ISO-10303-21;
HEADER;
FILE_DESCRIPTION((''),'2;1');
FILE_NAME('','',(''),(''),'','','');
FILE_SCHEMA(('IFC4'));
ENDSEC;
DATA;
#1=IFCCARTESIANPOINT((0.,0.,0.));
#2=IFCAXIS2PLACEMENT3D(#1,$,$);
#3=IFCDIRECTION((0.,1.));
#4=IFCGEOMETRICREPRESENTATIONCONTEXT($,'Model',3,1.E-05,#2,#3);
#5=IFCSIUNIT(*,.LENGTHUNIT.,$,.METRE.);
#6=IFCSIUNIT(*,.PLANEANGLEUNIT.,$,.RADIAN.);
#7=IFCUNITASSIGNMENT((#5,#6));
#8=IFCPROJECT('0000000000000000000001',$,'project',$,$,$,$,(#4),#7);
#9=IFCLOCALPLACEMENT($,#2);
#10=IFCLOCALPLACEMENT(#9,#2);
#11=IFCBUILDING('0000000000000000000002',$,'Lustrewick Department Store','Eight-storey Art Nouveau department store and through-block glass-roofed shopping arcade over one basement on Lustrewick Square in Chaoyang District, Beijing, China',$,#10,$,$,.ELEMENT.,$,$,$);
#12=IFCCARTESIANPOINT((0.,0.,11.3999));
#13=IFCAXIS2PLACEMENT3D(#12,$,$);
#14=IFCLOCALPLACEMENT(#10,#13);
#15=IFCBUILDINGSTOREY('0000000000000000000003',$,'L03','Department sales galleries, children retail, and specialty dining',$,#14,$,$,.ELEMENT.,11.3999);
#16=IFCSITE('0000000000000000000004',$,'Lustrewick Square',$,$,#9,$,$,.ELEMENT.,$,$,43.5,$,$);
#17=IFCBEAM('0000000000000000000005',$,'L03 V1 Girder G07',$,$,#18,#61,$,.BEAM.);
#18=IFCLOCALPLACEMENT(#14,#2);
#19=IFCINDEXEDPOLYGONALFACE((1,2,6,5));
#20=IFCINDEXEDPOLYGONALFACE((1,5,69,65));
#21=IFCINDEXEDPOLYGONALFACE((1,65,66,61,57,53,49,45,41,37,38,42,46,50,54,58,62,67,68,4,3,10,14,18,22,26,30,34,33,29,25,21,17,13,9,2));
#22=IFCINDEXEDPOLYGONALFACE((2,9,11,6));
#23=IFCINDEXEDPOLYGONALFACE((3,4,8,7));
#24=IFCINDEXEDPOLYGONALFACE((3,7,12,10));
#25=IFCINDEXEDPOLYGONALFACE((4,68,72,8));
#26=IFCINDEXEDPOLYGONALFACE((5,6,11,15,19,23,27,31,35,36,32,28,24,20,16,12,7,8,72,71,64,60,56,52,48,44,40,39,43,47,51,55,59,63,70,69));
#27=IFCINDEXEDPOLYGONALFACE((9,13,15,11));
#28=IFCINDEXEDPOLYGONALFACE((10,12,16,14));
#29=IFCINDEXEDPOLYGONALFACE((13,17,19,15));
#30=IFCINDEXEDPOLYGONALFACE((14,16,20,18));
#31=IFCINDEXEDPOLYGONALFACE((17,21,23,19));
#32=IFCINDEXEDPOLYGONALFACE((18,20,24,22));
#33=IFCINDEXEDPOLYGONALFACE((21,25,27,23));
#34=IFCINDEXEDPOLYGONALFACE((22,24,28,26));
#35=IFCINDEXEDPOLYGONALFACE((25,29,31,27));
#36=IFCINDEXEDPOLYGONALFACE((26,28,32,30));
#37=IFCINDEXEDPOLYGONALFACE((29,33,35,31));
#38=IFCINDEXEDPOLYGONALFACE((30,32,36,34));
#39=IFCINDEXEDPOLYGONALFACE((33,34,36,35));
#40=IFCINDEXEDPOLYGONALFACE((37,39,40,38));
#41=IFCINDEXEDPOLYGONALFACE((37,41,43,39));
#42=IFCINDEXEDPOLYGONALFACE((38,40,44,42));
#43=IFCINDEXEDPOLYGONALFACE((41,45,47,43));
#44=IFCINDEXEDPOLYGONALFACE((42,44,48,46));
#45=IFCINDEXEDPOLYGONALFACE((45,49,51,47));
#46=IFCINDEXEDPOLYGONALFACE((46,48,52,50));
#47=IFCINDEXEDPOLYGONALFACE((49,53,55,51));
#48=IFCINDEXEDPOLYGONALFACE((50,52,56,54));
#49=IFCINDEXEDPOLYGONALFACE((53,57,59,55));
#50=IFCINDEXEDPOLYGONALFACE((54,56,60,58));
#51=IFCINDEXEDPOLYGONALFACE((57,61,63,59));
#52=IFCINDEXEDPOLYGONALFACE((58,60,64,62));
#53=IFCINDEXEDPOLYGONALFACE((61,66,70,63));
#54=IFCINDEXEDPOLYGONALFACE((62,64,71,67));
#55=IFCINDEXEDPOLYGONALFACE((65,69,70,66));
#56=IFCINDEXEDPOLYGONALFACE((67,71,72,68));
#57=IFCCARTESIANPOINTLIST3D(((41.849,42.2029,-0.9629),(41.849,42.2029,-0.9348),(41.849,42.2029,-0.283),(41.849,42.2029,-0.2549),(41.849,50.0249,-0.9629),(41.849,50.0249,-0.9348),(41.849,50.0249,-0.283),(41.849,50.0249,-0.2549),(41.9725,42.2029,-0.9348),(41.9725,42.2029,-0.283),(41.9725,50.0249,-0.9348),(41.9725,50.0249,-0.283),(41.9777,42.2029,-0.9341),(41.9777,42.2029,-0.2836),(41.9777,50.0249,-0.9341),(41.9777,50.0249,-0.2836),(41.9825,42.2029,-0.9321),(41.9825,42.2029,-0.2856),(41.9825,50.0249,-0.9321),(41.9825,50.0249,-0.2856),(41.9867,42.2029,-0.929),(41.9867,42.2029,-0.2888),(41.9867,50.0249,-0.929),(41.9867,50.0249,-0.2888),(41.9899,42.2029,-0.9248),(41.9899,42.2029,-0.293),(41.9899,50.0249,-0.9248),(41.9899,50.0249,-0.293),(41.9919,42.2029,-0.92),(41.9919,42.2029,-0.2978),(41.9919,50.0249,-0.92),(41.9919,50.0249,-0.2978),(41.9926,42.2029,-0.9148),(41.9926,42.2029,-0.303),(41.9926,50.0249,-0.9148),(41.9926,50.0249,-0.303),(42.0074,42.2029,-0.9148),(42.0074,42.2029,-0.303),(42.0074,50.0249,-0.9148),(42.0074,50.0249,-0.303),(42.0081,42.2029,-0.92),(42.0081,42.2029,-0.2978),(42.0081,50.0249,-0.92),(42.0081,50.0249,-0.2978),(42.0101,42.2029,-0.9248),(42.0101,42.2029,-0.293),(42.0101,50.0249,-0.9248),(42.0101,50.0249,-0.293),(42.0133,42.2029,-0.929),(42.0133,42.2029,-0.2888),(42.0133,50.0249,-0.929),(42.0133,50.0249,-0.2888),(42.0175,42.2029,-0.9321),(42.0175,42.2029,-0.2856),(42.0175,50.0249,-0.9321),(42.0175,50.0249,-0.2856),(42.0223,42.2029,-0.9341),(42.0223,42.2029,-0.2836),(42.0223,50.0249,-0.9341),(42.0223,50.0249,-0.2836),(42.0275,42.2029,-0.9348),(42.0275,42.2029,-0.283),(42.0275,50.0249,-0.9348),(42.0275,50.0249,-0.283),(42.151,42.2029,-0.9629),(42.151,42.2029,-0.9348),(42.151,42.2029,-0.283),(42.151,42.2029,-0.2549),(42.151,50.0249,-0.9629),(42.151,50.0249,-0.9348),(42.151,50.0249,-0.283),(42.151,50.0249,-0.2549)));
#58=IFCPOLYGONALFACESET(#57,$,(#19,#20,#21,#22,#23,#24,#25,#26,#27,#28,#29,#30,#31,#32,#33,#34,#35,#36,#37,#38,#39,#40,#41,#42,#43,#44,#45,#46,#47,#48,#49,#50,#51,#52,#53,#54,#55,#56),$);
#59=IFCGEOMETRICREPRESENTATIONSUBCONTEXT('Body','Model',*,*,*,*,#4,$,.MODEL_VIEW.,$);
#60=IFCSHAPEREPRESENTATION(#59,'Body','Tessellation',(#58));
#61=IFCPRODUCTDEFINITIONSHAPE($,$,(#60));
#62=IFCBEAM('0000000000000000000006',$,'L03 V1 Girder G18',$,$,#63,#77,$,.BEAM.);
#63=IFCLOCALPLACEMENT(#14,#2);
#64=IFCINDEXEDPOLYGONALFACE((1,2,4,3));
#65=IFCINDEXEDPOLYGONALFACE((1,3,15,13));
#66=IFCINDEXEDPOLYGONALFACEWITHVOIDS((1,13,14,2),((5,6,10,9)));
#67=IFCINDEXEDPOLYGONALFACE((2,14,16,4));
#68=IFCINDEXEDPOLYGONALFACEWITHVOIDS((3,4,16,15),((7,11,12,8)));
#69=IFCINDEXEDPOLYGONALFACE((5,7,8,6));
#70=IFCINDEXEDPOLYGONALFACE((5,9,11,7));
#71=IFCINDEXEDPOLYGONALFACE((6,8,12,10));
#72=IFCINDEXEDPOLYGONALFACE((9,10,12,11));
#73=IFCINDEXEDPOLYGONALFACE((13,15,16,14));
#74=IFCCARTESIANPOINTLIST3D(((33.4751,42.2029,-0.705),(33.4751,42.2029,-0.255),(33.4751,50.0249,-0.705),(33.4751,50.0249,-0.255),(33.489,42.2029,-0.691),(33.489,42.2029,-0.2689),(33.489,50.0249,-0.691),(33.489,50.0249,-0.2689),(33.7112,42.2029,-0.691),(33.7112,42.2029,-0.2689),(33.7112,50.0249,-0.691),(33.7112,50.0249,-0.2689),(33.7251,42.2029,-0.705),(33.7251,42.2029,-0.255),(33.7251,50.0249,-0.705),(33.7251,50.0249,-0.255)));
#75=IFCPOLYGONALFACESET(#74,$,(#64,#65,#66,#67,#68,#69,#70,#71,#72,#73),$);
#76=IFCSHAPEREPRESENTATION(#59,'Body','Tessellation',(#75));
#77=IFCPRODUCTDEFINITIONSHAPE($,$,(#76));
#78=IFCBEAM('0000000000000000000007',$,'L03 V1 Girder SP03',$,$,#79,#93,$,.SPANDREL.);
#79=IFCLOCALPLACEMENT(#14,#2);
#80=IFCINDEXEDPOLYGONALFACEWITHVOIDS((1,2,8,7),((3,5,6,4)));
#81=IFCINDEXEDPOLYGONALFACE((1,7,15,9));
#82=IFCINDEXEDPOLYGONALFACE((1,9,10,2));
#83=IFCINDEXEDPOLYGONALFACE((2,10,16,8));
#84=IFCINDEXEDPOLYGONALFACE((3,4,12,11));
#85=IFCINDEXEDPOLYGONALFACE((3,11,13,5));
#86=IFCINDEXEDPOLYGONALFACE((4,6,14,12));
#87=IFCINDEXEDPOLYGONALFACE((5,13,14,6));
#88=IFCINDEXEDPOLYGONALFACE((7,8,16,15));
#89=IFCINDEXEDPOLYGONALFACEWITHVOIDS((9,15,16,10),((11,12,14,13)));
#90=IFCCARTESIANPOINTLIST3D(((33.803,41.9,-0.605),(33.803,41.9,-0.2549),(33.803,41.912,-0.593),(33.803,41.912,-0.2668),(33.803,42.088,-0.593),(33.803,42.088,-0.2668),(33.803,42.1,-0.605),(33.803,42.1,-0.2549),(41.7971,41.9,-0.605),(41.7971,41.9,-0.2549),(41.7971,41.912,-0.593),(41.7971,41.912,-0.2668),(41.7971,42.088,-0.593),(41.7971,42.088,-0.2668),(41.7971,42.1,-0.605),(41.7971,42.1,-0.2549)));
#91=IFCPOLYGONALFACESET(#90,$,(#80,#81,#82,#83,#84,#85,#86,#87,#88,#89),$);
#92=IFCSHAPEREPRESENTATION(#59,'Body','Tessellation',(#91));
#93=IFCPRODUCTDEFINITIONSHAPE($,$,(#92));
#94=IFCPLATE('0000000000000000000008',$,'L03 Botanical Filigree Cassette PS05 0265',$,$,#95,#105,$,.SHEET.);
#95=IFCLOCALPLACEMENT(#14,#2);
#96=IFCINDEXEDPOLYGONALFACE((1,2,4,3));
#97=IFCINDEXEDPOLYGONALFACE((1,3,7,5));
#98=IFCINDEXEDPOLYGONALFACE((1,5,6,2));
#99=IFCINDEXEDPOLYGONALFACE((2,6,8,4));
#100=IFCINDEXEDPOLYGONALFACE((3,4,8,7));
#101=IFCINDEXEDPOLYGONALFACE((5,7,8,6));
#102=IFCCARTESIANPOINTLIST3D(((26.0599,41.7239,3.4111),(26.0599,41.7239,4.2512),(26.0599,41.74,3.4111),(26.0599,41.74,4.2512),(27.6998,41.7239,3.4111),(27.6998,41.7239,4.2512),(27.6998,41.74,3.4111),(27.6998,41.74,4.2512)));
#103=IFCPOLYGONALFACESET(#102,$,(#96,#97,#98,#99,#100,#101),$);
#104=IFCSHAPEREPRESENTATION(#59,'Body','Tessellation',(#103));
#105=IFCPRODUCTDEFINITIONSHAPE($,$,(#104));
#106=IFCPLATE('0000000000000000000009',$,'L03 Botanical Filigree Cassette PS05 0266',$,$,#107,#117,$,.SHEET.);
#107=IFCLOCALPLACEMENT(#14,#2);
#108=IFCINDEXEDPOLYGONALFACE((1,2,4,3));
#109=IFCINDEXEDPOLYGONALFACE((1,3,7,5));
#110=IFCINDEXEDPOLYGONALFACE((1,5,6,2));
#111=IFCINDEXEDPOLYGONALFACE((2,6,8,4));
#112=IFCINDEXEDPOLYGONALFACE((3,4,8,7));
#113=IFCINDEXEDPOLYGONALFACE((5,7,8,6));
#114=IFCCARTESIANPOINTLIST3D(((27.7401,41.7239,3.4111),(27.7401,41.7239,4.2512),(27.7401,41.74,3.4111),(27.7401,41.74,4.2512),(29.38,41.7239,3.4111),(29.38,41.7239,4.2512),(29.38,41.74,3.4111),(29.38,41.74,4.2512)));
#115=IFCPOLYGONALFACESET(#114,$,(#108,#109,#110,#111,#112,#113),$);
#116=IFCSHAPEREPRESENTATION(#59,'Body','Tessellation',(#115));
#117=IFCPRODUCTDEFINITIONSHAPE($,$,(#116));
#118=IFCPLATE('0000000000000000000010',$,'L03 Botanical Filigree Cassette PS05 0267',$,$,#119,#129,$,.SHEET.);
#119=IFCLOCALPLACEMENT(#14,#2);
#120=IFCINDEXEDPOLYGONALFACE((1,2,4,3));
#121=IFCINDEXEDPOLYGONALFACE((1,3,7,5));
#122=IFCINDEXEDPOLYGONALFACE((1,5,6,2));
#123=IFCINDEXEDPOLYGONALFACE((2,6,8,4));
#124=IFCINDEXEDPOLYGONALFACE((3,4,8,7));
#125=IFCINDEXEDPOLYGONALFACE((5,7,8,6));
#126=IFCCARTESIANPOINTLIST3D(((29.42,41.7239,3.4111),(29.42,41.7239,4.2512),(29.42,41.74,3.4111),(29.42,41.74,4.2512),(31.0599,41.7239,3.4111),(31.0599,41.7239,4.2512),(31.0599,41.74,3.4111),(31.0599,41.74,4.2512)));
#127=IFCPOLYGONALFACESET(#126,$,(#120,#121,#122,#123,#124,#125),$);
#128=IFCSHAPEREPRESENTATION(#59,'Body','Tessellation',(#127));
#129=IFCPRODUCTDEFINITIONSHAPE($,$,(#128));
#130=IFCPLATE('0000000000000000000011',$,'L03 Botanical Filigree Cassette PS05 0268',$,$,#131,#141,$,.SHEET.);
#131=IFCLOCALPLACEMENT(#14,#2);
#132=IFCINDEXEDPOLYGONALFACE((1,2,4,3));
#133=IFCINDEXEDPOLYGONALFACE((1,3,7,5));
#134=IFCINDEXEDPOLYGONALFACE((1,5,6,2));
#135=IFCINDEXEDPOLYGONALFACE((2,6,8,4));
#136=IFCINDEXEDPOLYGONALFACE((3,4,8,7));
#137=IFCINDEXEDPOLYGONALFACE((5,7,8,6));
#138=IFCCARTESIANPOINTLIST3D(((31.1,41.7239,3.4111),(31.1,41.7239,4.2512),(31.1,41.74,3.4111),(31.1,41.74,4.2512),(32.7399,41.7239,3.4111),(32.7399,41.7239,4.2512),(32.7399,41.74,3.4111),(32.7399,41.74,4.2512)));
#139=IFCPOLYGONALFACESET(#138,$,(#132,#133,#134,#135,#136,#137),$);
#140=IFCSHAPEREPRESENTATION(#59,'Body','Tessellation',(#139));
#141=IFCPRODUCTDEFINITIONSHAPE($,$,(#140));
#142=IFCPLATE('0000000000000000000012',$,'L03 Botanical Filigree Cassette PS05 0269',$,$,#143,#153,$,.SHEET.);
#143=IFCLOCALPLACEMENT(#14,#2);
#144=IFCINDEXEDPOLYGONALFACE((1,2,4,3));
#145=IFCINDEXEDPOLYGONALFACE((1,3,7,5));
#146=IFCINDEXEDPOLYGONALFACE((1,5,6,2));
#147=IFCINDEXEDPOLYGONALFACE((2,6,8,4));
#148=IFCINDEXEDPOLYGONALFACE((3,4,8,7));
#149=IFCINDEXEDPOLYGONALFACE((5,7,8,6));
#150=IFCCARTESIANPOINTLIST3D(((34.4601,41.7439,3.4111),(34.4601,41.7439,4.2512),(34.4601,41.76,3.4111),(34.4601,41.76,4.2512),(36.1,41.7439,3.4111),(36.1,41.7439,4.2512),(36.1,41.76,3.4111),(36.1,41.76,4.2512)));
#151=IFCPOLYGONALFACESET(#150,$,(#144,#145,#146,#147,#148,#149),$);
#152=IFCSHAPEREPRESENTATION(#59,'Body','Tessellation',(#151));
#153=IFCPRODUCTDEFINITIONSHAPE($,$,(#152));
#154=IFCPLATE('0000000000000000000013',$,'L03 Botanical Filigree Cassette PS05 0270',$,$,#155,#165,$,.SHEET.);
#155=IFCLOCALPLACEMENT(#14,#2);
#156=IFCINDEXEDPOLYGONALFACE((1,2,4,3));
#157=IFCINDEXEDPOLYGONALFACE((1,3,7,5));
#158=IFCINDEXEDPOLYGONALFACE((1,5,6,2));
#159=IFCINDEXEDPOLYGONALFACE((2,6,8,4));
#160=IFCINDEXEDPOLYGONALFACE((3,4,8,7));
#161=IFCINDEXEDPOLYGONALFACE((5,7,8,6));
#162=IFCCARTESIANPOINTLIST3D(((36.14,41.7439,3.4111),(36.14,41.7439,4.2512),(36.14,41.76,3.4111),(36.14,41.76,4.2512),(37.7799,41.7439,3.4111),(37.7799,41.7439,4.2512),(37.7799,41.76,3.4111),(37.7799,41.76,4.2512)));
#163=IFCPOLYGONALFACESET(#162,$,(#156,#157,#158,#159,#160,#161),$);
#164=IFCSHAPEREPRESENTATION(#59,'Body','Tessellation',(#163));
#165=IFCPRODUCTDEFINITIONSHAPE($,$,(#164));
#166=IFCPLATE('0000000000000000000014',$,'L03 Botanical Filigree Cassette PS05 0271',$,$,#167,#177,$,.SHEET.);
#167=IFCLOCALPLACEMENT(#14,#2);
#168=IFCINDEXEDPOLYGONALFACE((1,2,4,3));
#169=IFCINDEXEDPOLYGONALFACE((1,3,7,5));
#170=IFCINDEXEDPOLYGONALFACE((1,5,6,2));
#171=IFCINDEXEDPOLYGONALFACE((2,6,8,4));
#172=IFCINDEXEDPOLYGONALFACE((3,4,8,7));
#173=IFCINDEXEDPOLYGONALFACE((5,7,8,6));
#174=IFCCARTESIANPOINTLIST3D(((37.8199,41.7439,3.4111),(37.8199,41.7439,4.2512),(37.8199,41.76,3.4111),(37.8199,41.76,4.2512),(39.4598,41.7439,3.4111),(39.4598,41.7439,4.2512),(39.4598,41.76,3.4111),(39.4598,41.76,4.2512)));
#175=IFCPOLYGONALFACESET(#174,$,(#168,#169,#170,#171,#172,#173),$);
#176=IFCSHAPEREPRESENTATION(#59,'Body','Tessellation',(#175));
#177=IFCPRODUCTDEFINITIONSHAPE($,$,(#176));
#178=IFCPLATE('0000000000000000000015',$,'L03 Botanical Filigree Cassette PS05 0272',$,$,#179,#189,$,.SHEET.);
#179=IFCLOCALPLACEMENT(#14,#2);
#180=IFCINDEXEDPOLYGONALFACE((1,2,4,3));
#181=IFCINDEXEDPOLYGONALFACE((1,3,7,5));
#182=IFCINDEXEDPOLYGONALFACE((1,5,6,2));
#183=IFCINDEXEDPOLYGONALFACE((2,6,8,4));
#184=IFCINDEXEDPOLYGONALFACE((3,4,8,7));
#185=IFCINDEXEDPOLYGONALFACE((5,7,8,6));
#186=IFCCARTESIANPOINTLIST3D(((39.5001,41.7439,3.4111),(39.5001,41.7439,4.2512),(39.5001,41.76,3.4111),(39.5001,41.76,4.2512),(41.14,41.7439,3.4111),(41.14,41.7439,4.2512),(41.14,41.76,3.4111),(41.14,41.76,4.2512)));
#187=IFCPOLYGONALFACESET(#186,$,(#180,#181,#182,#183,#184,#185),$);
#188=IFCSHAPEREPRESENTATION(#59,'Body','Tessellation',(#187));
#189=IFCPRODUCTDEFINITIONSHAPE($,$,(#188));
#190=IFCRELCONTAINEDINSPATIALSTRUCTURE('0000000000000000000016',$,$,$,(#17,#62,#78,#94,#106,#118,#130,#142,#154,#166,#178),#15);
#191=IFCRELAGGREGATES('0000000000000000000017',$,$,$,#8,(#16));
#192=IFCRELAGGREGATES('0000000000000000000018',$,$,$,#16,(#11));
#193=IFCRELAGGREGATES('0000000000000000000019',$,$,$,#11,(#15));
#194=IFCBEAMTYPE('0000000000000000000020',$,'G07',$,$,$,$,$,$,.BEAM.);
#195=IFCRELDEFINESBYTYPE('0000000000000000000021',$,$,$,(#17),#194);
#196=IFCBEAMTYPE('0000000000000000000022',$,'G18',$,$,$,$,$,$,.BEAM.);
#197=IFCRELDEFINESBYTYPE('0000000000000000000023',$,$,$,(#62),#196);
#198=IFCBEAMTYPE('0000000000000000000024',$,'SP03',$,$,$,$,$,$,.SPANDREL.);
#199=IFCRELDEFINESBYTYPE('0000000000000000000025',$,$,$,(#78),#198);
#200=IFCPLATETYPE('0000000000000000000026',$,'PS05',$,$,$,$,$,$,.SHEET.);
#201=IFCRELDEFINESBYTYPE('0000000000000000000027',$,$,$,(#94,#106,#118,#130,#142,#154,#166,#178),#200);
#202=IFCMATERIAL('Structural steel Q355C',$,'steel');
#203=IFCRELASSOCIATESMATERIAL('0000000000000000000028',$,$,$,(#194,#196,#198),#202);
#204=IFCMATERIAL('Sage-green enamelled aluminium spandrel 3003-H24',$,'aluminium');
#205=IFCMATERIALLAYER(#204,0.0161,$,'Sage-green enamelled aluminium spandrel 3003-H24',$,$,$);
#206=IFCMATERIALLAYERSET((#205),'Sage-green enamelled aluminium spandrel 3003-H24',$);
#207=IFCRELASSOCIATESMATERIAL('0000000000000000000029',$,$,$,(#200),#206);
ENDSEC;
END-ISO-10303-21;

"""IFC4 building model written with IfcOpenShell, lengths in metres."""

from ifc_helpers import new_model, si_unit, direction, frame, origin, origin_2d, place, context, subcontext, project, spatial, rectangle, hollow_rectangle, i_section, extrude, material, layer, layer_set, material_profile, profile_set, type_object, element, save


model = new_model("IFC4")

# Units and contexts
model_context = context("Model", 3, precision=1e-05, world=origin(), true_north=direction((0.0, 1.0)))
body_context = subcontext(model_context, "Body", "Model", "MODEL_VIEW")
ifc_project = project(units=[si_unit("LENGTHUNIT", "METRE"), si_unit("PLANEANGLEUNIT", "RADIAN")], contexts=[model_context])

# Site, building, storey
site_placement = place(None, origin())
site = spatial("IfcSite", under=ifc_project, at=site_placement, Name="Lustrewick Square", CompositionType="ELEMENT", RefElevation=43.5)
building_placement = place(site_placement, origin())
building = spatial("IfcBuilding", under=site, at=building_placement, Name="Lustrewick Department Store", Description="Eight-storey Art Nouveau department store and through-block glass-roofed shopping arcade over one basement on Lustrewick Square in Chaoyang District, Beijing, China", CompositionType="ELEMENT")
storey_placement = place(building_placement, frame((0.0, 0.0, 11.3999)))
storey = spatial("IfcBuildingStorey", under=building, at=storey_placement, Name="L03", Description="Department sales galleries, children retail, and specialty dining", CompositionType="ELEMENT", Elevation=11.3999)

# Shared definitions
ifc_material_1 = material(Name="Structural steel Q355C", Category="steel")

# Beams
ifc_material_profile_1 = material_profile(ifc_material_1, i_section(OverallWidth=0.302, OverallDepth=0.708, WebThickness=0.0149, FlangeThickness=0.0281, FilletRadius=0.02, at=origin_2d()), Name="HN 708x302x15x28")
ifc_profile_set_1 = profile_set([ifc_material_profile_1], Name="Structural steel Q355C")
beam_type_1 = type_object("IfcBeamType", Name="G07", PredefinedType="BEAM", material=ifc_profile_set_1)
beam_1_placement = place(storey_placement, frame((42.0, 42.2029, -0.6089), z_axis=(0.0, 1.0, 0.0), x_axis=(-1.0, 0.0, 0.0)))
element("IfcBeam", 1, at=beam_1_placement, inside=storey, type_object=beam_type_1, Name="L03 V1 Girder G07", PredefinedType="BEAM", context=body_context, shape_type="SweptSolid", body=[
    extrude(i_section(OverallWidth=0.302, OverallDepth=0.708, WebThickness=0.0149, FlangeThickness=0.0281, FilletRadius=0.02, at=origin_2d()), origin(), (0.0, 0.0, 1.0), 7.822),
])
ifc_material_profile_2 = material_profile(ifc_material_1, hollow_rectangle(XDim=0.25, YDim=0.45, WallThickness=0.0139, at=origin_2d()), Name="RHS 450x250x14")
ifc_profile_set_2 = profile_set([ifc_material_profile_2], Name="Structural steel Q355C")
beam_type_2 = type_object("IfcBeamType", Name="G18", PredefinedType="BEAM", material=ifc_profile_set_2)
beam_2_placement = place(storey_placement, frame((33.6001, 42.2029, -0.48), z_axis=(0.0, 1.0, 0.0), x_axis=(-1.0, 0.0, 0.0)))
element("IfcBeam", 2, at=beam_2_placement, inside=storey, type_object=beam_type_2, Name="L03 V1 Girder G18", PredefinedType="BEAM", context=body_context, shape_type="SweptSolid", body=[
    extrude(hollow_rectangle(XDim=0.25, YDim=0.45, WallThickness=0.0139, at=origin_2d()), origin(), (0.0, 0.0, 1.0), 7.822),
])
ifc_material_profile_3 = material_profile(ifc_material_1, hollow_rectangle(XDim=0.2, YDim=0.3501, WallThickness=0.012, at=origin_2d()), Name="RHS 350x200x12")
ifc_profile_set_3 = profile_set([ifc_material_profile_3], Name="Structural steel Q355C")
beam_type_3 = type_object("IfcBeamType", Name="SP03", PredefinedType="SPANDREL", material=ifc_profile_set_3)
beam_3_placement = place(storey_placement, frame((33.803, 42.0, -0.4299), z_axis=(1.0, 0.0, 0.0), x_axis=(0.0, 1.0, 0.0)))
element("IfcBeam", 3, at=beam_3_placement, inside=storey, type_object=beam_type_3, Name="L03 V1 Girder SP03", PredefinedType="SPANDREL", context=body_context, shape_type="SweptSolid", body=[
    extrude(hollow_rectangle(XDim=0.2, YDim=0.3501, WallThickness=0.012, at=origin_2d()), origin(), (0.0, 0.0, 1.0), 7.9941),
])

# Plates
ifc_material_2 = material(Name="Sage-green enamelled aluminium spandrel 3003-H24", Category="aluminium")
ifc_layer_1 = layer(ifc_material_2, 0.0161, Name="Sage-green enamelled aluminium spandrel 3003-H24")
ifc_layer_set_1 = layer_set([ifc_layer_1], Name="Sage-green enamelled aluminium spandrel 3003-H24")
plate_type = type_object("IfcPlateType", Name="PS05", PredefinedType="SHEET", material=ifc_layer_set_1)
for number, where, z_axis, x_axis, name in (
    (4, (26.8799, 41.7319, 3.4111), (0.0, 0.0, 1.0), (1.0, 0.0, 0.0), "L03 Botanical Filigree Cassette PS05 0265"),
    (5, (28.5601, 41.7319, 3.4111), (0.0, 0.0, 1.0), (1.0, 0.0, 0.0), "L03 Botanical Filigree Cassette PS05 0266"),
    (6, (30.24, 41.7319, 3.4111), (0.0, 0.0, 1.0), (1.0, 0.0, 0.0), "L03 Botanical Filigree Cassette PS05 0267"),
    (7, (31.9199, 41.7319, 3.4111), (0.0, 0.0, 1.0), (1.0, 0.0, 0.0), "L03 Botanical Filigree Cassette PS05 0268"),
    (8, (35.28, 41.752, 3.4111), (0.0, 0.0, 1.0), (1.0, 0.0, 0.0), "L03 Botanical Filigree Cassette PS05 0269"),
    (9, (36.96, 41.752, 3.4111), (0.0, 0.0, 1.0), (1.0, 0.0, 0.0), "L03 Botanical Filigree Cassette PS05 0270"),
    (10, (38.6399, 41.752, 3.4111), (0.0, 0.0, 1.0), (1.0, 0.0, 0.0), "L03 Botanical Filigree Cassette PS05 0271"),
    (11, (40.3201, 41.752, 3.4111), (0.0, 0.0, 1.0), (1.0, 0.0, 0.0), "L03 Botanical Filigree Cassette PS05 0272"),
):
    element("IfcPlate", number, at=place(storey_placement, frame(where, z_axis=z_axis, x_axis=x_axis)), inside=storey, type_object=plate_type, Name=name, PredefinedType="SHEET", context=body_context, shape_type="SweptSolid", body=[
        extrude(rectangle(XDim=1.6399, YDim=0.0161, at=origin_2d()), origin(), (0.0, 0.0, 1.0), 0.8401),
    ])

save(model, "model.ifc")
